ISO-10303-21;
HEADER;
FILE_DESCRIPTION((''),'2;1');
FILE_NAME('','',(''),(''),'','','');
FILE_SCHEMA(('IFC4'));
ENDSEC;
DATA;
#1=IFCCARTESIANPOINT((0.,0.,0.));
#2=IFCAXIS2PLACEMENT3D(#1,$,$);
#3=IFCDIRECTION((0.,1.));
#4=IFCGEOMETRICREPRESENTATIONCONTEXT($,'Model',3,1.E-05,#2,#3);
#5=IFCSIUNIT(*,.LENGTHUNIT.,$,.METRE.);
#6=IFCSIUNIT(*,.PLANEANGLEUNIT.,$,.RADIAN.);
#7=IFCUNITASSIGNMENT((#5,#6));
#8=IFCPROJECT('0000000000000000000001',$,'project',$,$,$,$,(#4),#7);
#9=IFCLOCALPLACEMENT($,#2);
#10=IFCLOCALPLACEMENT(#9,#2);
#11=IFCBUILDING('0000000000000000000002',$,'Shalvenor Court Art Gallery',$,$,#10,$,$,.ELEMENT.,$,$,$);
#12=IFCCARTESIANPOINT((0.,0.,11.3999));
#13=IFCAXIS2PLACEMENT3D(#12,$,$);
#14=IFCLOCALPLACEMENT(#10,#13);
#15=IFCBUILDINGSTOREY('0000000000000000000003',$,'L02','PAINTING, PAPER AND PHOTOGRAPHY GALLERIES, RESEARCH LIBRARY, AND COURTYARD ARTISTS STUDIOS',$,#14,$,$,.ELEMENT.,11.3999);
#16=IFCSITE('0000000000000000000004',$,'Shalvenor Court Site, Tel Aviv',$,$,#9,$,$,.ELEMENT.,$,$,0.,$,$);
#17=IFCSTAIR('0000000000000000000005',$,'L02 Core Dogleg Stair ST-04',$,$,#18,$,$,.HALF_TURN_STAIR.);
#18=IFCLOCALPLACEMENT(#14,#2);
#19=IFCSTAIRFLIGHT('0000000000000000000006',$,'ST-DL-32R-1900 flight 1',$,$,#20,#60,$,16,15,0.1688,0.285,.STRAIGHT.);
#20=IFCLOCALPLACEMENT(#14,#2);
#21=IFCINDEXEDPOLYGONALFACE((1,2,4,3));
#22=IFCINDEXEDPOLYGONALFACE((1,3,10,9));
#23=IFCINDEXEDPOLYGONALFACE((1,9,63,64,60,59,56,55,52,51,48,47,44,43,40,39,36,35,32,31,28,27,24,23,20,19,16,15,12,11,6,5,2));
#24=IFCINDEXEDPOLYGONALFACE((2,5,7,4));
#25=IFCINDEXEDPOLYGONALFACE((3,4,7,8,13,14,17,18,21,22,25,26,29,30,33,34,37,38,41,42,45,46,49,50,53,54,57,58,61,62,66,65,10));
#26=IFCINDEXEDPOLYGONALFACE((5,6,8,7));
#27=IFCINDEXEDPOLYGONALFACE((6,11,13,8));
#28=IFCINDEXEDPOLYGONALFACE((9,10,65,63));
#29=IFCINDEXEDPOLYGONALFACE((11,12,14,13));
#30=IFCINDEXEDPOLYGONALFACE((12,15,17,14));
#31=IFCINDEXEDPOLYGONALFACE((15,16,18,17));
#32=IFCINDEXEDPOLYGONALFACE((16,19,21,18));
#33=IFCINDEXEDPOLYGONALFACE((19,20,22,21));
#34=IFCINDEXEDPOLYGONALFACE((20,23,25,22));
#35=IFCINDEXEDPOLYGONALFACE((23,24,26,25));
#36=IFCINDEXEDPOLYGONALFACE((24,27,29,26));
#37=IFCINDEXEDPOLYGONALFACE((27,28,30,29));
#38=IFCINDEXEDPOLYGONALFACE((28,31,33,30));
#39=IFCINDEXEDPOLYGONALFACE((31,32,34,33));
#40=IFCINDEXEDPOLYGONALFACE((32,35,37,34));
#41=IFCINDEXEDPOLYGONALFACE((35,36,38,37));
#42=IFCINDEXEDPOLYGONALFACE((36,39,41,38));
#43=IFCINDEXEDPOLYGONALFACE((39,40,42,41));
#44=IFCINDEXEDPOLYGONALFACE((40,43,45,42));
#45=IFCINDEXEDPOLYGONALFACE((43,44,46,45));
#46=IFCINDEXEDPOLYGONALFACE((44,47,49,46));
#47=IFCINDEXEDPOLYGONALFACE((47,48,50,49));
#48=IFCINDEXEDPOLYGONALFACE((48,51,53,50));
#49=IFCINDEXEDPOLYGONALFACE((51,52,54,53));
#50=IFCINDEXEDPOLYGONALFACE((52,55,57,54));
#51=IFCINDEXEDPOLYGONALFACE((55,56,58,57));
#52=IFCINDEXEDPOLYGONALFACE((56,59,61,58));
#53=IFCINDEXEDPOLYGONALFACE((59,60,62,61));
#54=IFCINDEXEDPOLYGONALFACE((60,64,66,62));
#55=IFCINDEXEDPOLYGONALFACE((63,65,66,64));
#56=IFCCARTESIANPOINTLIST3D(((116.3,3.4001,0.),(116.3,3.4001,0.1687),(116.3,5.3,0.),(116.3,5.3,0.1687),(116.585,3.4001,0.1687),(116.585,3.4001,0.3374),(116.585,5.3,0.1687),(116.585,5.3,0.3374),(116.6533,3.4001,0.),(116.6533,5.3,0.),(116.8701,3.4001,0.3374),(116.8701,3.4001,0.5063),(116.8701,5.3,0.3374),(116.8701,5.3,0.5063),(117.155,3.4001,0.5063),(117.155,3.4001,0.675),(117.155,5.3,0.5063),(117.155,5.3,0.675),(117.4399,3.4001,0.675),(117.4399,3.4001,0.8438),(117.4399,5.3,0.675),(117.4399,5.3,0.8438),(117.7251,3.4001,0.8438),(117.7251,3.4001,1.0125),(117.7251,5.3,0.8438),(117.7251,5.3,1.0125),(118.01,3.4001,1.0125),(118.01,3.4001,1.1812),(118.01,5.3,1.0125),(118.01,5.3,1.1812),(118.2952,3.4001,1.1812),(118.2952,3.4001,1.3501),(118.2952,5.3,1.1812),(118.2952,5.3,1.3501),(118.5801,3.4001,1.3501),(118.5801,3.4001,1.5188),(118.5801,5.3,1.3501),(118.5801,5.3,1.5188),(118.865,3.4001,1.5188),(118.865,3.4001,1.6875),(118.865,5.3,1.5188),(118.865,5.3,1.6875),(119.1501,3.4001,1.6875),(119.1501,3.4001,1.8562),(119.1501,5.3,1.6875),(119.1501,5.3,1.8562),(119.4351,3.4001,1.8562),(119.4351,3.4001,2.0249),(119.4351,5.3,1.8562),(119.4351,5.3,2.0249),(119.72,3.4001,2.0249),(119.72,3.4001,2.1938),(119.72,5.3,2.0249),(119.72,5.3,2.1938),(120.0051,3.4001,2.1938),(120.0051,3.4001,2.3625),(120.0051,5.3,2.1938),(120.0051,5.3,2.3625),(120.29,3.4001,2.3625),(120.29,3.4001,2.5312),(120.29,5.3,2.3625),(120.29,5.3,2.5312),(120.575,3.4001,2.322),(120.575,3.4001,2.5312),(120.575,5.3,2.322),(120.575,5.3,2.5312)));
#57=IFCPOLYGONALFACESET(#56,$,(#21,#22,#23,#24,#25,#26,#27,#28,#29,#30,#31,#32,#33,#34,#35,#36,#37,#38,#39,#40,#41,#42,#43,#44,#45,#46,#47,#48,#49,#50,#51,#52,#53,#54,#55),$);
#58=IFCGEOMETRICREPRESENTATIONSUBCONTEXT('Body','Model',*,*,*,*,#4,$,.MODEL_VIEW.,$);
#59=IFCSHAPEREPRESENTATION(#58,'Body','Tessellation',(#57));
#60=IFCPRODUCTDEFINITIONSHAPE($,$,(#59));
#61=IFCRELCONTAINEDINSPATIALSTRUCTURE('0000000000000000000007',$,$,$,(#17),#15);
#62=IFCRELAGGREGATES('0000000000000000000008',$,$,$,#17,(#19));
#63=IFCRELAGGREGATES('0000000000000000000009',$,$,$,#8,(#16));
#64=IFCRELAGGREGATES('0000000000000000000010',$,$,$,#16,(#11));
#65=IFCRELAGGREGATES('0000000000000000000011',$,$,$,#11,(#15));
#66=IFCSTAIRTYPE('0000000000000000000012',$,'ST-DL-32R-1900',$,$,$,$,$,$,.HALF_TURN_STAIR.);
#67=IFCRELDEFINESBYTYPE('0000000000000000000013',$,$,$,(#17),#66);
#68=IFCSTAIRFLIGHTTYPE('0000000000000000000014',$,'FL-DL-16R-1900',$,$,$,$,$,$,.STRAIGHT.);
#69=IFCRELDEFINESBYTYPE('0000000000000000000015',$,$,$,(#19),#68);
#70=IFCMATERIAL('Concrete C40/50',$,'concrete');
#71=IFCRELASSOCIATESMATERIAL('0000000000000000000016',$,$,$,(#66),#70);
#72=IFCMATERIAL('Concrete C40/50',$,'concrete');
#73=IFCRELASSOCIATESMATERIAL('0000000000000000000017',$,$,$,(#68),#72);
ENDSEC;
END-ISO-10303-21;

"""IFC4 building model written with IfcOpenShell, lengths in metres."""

from ifc_helpers import new_model, si_unit, direction, frame, origin, place, context, subcontext, project, spatial, polyline, outline, extrude, material, type_object, element, aggregate, save


model = new_model("IFC4")

# Units and contexts
model_context = context("Model", 3, precision=1e-05, world=origin(), true_north=direction((0.0, 1.0)))
body_context = subcontext(model_context, "Body", "Model", "MODEL_VIEW")
ifc_project = project(units=[si_unit("LENGTHUNIT", "METRE"), si_unit("PLANEANGLEUNIT", "RADIAN")], contexts=[model_context])

# Site, building, storey
site_placement = place(None, origin())
site = spatial("IfcSite", under=ifc_project, at=site_placement, Name="Shalvenor Court Site, Tel Aviv", CompositionType="ELEMENT", RefElevation=0.0)
building_placement = place(site_placement, origin())
building = spatial("IfcBuilding", under=site, at=building_placement, Name="Shalvenor Court Art Gallery", CompositionType="ELEMENT")
storey_placement = place(building_placement, frame((0.0, 0.0, 11.3999)))
storey = spatial("IfcBuildingStorey", under=building, at=storey_placement, Name="L02", Description="PAINTING, PAPER AND PHOTOGRAPHY GALLERIES, RESEARCH LIBRARY, AND COURTYARD ARTISTS STUDIOS", CompositionType="ELEMENT", Elevation=11.3999)

# Stair, stair flight
ifc_material_1 = material(Name="Concrete C40/50", Category="concrete")
stair_type = type_object("IfcStairType", Name="ST-DL-32R-1900", PredefinedType="HALF_TURN_STAIR", material=ifc_material_1)
stair_placement = place(storey_placement, origin())
stair = element("IfcStair", 1, at=stair_placement, inside=storey, type_object=stair_type, Name="L02 Core Dogleg Stair ST-04", PredefinedType="HALF_TURN_STAIR")
ifc_material_2 = material(Name="Concrete C40/50", Category="concrete")
stair_flight_type = type_object("IfcStairFlightType", Name="FL-DL-16R-1900", PredefinedType="STRAIGHT", material=ifc_material_2)
stair_flight_placement = place(storey_placement, frame((116.3, 4.3501, 0.0), z_axis=(0.0, 0.0, 1.0), x_axis=(1.0, 0.0, 0.0)))
stair_flight = element("IfcStairFlight", 2, at=stair_flight_placement, type_object=stair_flight_type, Name="ST-DL-32R-1900 flight 1", NumberOfRisers=16, NumberOfTreads=15, PredefinedType="STRAIGHT", RiserHeight=0.1688, TreadLength=0.285, context=body_context, shape_type="SweptSolid", body=[
    extrude(outline(polyline([(0.0, 0.0), (0.0, 0.1687), (0.2849, 0.1687), (0.2849, 0.3374), (0.5701, 0.3374), (0.5701, 0.5063), (0.855, 0.5063), (0.855, 0.675), (1.1399, 0.675), (1.1399, 0.8438), (1.425, 0.8438), (1.425, 1.0125), (1.71, 1.0125), (1.71, 1.1812), (1.9951, 1.1812), (1.9951, 1.3501), (2.28, 1.3501), (2.28, 1.5188), (2.5649, 1.5188), (2.5649, 1.6875), (2.8501, 1.6875), (2.8501, 1.8562), (3.135, 1.8562), (3.135, 2.0249), (3.4199, 2.0249), (3.4199, 2.1938), (3.7051, 2.1938), (3.7051, 2.3625), (3.99, 2.3625), (3.99, 2.5312), (4.2749, 2.5312), (4.2749, 2.7), (4.2749, 2.322), (0.3533, 0.0), (0.0, 0.0)])), frame((0.0, 0.95, 0.0), z_axis=(0.0, -1.0, 0.0), x_axis=(1.0, 0.0, 0.0)), (0.0, 0.0, 1.0), 1.8999),
])
aggregate(stair, [stair_flight])

save(model, "model.ifc")
